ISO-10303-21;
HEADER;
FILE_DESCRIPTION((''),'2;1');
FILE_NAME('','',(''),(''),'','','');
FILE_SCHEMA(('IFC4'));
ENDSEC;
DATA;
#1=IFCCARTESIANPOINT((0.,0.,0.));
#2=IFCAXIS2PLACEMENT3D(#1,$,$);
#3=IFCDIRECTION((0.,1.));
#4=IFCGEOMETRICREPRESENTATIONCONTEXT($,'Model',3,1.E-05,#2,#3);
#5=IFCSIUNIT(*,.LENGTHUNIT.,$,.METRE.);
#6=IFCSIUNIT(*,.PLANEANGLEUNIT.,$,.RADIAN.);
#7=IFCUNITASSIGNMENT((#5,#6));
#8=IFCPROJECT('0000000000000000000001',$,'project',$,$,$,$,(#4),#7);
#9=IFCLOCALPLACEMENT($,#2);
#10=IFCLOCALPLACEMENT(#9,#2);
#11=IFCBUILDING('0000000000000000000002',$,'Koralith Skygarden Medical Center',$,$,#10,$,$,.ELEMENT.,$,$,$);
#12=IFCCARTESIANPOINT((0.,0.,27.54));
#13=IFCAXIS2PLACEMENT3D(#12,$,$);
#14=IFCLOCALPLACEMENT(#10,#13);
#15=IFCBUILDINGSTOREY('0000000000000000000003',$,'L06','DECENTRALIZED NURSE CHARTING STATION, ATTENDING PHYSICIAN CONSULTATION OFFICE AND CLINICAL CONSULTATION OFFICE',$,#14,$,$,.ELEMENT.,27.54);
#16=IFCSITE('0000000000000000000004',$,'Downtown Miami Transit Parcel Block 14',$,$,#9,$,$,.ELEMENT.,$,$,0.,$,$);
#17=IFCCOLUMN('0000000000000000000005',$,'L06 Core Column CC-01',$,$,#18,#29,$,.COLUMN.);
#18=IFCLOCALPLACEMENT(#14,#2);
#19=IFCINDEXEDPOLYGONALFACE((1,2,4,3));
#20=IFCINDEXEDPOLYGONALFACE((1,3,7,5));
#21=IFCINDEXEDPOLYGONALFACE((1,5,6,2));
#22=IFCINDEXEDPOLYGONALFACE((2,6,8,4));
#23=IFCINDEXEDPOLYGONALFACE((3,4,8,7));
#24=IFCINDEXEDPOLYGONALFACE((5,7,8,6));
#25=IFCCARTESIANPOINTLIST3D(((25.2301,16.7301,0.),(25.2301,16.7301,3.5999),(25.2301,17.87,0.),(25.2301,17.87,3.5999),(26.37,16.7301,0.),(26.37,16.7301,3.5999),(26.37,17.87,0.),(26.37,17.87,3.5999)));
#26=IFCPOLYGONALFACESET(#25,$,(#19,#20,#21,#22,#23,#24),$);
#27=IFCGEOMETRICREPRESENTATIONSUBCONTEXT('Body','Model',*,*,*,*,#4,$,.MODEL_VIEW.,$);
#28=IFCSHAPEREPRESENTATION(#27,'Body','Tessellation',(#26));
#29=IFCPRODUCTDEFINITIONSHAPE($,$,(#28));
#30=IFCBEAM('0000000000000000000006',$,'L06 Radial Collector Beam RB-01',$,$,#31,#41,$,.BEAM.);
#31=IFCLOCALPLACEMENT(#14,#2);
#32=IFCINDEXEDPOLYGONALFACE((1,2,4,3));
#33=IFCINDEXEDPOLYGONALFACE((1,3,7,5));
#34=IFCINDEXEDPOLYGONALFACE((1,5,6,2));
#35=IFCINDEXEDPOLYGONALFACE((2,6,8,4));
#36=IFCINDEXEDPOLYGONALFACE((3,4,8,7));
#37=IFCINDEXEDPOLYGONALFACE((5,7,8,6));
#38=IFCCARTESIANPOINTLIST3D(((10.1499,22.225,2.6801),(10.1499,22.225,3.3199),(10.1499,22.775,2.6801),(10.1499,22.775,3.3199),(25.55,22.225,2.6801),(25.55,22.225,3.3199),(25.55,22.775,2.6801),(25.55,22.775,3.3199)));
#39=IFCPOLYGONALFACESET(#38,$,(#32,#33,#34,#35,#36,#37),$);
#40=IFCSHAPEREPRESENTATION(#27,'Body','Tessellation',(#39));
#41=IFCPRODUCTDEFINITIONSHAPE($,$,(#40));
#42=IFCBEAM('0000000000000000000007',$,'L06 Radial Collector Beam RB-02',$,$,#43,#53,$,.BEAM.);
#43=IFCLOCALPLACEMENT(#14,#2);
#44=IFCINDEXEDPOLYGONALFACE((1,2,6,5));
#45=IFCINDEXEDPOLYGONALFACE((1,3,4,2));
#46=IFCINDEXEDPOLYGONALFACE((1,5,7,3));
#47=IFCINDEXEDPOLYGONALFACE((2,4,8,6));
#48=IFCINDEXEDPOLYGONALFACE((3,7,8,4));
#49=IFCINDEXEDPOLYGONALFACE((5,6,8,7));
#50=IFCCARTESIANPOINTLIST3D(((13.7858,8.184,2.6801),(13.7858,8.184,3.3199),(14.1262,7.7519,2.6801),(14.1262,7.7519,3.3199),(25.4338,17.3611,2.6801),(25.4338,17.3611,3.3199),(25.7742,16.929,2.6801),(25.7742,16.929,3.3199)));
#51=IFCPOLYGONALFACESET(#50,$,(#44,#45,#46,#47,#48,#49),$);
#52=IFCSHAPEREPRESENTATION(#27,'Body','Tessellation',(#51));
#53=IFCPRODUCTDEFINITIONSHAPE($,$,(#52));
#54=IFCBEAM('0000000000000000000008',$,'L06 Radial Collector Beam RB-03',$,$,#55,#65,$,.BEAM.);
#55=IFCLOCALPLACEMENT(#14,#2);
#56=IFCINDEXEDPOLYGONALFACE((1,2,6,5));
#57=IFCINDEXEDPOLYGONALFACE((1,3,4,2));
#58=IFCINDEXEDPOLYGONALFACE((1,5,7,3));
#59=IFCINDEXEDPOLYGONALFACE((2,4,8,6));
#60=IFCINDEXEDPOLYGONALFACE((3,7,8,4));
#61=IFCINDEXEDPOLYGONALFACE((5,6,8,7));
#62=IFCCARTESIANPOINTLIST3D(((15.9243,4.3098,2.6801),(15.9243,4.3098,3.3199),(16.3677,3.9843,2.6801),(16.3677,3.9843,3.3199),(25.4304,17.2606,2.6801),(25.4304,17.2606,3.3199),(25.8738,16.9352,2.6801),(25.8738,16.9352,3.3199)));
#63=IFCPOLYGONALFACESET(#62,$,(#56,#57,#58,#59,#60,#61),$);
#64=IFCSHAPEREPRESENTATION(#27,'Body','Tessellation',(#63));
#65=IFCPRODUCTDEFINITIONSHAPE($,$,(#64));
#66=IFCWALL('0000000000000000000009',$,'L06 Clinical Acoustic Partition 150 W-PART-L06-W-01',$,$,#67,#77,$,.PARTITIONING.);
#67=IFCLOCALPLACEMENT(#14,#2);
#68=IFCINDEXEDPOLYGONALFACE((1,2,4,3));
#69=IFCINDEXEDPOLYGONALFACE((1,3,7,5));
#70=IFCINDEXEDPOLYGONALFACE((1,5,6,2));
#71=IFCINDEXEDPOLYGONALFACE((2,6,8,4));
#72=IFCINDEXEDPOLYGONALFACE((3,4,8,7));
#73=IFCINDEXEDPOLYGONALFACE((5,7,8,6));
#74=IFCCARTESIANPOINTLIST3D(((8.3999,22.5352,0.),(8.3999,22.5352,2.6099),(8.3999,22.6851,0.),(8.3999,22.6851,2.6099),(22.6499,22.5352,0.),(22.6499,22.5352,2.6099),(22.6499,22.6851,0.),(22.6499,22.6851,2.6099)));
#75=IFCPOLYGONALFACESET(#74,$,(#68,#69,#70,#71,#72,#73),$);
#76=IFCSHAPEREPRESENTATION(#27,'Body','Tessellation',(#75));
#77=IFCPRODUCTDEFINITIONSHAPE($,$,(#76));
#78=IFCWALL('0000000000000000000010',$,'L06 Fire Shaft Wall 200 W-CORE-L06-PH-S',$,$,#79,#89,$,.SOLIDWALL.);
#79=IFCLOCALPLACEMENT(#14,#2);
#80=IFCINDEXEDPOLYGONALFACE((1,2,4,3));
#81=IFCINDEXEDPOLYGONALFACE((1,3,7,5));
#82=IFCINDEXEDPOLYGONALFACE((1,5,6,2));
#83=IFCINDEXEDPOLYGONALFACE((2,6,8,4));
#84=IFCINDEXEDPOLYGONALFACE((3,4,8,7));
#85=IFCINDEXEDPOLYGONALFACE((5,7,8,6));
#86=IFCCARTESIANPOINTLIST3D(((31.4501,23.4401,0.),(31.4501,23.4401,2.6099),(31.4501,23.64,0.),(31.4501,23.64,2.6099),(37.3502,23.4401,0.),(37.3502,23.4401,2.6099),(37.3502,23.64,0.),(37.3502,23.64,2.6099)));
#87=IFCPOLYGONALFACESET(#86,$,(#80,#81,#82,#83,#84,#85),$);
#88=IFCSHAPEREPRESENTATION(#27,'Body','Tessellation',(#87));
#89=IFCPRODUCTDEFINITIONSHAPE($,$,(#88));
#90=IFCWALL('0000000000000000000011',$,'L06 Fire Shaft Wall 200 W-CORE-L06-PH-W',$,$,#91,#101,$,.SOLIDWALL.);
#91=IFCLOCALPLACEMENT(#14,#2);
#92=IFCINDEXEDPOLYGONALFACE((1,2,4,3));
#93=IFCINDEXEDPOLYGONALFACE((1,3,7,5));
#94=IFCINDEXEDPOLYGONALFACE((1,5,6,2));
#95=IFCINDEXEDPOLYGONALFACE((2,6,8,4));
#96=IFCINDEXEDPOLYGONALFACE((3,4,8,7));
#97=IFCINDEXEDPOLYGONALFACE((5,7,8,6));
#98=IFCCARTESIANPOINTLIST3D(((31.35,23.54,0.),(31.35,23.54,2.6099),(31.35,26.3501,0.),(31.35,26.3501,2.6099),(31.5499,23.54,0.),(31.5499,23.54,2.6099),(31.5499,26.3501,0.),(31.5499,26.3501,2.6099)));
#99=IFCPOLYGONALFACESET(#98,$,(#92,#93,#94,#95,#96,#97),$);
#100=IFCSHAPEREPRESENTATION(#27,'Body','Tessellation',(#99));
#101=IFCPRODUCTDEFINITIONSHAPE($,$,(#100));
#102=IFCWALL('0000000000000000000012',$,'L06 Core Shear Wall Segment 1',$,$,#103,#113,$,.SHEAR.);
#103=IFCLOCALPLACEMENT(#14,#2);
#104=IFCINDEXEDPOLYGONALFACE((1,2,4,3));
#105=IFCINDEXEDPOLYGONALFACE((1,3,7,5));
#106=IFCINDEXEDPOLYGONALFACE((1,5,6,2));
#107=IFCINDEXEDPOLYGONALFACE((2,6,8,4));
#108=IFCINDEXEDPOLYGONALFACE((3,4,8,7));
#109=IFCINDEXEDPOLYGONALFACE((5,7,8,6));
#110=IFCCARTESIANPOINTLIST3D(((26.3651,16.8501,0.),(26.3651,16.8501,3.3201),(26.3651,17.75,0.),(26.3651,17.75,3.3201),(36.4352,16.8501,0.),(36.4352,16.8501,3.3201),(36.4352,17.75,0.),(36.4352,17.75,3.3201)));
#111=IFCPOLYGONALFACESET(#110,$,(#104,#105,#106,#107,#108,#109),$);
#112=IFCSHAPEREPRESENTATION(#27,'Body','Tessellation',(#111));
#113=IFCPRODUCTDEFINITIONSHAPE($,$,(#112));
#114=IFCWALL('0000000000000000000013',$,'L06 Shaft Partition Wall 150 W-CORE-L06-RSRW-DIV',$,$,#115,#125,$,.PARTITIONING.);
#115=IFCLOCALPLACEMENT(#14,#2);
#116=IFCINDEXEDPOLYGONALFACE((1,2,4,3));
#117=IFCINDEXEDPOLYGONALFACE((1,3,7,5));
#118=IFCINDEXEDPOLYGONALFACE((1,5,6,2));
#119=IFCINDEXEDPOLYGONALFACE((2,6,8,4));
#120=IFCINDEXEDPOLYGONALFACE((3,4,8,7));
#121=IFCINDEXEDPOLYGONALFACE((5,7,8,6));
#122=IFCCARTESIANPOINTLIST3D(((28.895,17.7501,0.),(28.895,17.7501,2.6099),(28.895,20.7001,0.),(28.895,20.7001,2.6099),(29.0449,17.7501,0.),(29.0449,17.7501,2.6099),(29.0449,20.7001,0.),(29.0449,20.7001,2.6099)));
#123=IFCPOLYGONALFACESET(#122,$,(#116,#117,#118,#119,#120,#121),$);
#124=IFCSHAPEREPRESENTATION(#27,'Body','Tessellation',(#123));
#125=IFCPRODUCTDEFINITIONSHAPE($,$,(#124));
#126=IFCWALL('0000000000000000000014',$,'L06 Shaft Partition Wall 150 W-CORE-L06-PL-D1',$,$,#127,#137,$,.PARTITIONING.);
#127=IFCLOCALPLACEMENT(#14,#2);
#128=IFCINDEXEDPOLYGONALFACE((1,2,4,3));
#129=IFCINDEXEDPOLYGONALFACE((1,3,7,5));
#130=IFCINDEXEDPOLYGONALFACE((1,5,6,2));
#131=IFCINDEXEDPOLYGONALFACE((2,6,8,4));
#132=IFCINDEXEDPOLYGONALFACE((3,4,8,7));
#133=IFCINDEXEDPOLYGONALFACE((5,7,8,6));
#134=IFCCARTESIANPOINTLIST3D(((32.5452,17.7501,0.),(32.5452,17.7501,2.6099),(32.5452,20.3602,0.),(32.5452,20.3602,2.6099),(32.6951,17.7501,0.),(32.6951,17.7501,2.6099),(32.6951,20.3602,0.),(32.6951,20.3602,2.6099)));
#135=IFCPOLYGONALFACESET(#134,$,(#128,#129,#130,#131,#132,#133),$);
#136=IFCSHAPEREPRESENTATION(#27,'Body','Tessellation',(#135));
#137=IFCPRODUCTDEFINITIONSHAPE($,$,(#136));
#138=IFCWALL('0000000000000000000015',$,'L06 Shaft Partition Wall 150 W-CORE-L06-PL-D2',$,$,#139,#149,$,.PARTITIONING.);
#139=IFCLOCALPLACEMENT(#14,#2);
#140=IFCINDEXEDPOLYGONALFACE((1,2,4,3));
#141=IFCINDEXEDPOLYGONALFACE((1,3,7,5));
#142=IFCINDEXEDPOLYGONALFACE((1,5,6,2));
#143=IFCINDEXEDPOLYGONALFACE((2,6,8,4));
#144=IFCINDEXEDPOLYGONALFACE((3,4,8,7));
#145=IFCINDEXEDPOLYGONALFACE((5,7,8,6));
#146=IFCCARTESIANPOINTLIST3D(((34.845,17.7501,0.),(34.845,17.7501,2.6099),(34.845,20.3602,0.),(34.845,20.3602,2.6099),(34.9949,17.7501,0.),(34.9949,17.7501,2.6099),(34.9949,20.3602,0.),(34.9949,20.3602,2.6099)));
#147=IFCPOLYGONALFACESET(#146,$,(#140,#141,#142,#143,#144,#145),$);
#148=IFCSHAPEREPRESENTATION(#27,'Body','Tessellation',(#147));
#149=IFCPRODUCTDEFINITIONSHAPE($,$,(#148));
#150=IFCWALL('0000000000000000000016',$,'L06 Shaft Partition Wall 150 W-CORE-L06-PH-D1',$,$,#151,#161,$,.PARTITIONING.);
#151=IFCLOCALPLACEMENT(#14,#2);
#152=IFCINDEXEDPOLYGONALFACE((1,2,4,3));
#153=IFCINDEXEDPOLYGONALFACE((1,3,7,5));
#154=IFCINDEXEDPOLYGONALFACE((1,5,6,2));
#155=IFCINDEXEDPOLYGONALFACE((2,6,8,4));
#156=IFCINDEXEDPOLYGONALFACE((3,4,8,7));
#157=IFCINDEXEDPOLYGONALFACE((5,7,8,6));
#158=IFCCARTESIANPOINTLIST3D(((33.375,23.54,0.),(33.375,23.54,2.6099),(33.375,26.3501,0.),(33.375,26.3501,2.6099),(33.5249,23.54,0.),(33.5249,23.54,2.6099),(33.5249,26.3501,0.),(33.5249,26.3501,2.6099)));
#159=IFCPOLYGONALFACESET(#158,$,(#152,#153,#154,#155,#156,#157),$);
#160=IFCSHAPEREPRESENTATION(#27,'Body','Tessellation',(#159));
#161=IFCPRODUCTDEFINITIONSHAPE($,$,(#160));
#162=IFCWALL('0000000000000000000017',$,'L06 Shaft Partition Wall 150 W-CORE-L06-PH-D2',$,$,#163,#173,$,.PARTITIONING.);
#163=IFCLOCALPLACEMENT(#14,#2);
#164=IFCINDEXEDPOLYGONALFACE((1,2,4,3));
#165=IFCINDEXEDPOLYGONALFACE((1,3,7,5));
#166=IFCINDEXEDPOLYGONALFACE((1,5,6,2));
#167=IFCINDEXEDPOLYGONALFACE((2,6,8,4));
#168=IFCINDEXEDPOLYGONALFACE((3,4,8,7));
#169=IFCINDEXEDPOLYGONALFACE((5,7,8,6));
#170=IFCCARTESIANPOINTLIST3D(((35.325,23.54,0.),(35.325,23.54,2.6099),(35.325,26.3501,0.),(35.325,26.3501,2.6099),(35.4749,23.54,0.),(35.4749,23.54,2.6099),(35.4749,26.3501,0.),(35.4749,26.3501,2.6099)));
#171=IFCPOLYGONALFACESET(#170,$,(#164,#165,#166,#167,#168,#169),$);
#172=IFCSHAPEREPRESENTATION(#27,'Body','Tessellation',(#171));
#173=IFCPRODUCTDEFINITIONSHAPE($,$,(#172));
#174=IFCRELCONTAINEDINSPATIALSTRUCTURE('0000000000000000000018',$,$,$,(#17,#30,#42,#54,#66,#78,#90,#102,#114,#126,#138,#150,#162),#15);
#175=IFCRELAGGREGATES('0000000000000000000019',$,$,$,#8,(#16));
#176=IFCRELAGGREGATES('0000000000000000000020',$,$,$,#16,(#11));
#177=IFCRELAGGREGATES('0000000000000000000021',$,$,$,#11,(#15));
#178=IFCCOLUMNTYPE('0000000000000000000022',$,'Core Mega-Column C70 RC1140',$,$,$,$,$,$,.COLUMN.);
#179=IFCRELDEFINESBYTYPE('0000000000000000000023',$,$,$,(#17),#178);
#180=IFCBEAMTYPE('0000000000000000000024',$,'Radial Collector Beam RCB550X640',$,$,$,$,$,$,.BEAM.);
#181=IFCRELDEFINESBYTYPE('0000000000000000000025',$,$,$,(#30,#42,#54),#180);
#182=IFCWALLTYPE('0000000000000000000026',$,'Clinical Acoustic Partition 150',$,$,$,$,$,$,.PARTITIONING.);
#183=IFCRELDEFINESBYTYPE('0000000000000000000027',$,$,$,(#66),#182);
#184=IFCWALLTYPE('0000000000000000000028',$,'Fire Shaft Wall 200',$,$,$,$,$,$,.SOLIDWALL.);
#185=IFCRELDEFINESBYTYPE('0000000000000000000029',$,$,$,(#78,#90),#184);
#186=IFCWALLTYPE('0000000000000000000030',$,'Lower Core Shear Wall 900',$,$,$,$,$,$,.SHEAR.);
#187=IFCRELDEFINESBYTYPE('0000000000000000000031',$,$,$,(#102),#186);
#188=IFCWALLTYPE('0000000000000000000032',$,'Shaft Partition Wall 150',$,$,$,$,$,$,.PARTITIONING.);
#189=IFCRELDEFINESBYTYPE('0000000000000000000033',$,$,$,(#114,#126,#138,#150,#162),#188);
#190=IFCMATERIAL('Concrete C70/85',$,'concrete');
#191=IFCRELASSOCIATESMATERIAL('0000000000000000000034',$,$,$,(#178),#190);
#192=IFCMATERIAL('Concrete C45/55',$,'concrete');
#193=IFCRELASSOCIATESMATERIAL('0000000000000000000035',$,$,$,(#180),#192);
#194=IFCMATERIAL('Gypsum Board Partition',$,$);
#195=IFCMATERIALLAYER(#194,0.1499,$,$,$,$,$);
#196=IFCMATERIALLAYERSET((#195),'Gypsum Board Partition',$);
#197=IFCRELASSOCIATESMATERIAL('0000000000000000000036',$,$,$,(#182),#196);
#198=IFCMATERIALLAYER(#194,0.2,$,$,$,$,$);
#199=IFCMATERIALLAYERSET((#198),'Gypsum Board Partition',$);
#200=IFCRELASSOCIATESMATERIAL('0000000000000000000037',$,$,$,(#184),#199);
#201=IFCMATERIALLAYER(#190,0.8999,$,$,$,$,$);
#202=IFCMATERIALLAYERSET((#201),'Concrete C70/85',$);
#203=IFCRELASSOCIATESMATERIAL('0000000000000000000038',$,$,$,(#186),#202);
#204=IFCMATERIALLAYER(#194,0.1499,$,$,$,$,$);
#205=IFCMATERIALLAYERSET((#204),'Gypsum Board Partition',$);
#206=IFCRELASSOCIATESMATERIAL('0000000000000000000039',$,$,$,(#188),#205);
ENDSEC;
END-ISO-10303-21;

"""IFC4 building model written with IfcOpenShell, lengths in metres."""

from ifc_helpers import new_model, si_unit, direction, frame, frame_2d, origin, origin_2d, place, context, subcontext, project, spatial, rectangle, extrude, material, layer, layer_set, material_profile, profile_set, type_object, element, save


model = new_model("IFC4")

# Units and contexts
model_context = context("Model", 3, precision=1e-05, world=origin(), true_north=direction((0.0, 1.0)))
body_context = subcontext(model_context, "Body", "Model", "MODEL_VIEW")
ifc_project = project(units=[si_unit("LENGTHUNIT", "METRE"), si_unit("PLANEANGLEUNIT", "RADIAN")], contexts=[model_context])

# Site, building, storey
site_placement = place(None, origin())
site = spatial("IfcSite", under=ifc_project, at=site_placement, Name="Downtown Miami Transit Parcel Block 14", CompositionType="ELEMENT", RefElevation=0.0)
building_placement = place(site_placement, origin())
building = spatial("IfcBuilding", under=site, at=building_placement, Name="Koralith Skygarden Medical Center", CompositionType="ELEMENT")
storey_placement = place(building_placement, frame((0.0, 0.0, 27.54)))
storey = spatial("IfcBuildingStorey", under=building, at=storey_placement, Name="L06", Description="DECENTRALIZED NURSE CHARTING STATION, ATTENDING PHYSICIAN CONSULTATION OFFICE AND CLINICAL CONSULTATION OFFICE", CompositionType="ELEMENT", Elevation=27.54)

# Column
ifc_material_1 = material(Name="Concrete C70/85", Category="concrete")
ifc_material_profile_1 = material_profile(ifc_material_1, rectangle(XDim=1.1399, YDim=1.1399, at=origin_2d()), Name="RC1140X1140")
ifc_profile_set_1 = profile_set([ifc_material_profile_1], Name="Concrete C70/85")
column_type = type_object("IfcColumnType", Name="Core Mega-Column C70 RC1140", PredefinedType="COLUMN", material=ifc_profile_set_1)
column_placement = place(storey_placement, frame((25.8, 17.3, 0.0), z_axis=(0.0, 0.0, 1.0), x_axis=(1.0, 0.0, 0.0)))
element("IfcColumn", 1, at=column_placement, inside=storey, type_object=column_type, Name="L06 Core Column CC-01", PredefinedType="COLUMN", context=body_context, shape_type="SweptSolid", body=[
    extrude(rectangle(XDim=1.1399, YDim=1.1399, at=origin_2d()), origin(), (0.0, 0.0, 1.0), 3.5999),
])

# Beams
ifc_material_2 = material(Name="Concrete C45/55", Category="concrete")
ifc_material_profile_2 = material_profile(ifc_material_2, rectangle(XDim=0.55, YDim=0.6399, at=origin_2d()), Name="RCB550X640")
ifc_profile_set_2 = profile_set([ifc_material_profile_2], Name="Concrete C45/55")
beam_type = type_object("IfcBeamType", Name="Radial Collector Beam RCB550X640", PredefinedType="BEAM", material=ifc_profile_set_2)
beam_1_placement = place(storey_placement, frame((25.55, 22.5, 3.0), z_axis=(-1.0, 0.0, 0.0), x_axis=(0.0, -1.0, 0.0)))
element("IfcBeam", 2, at=beam_1_placement, inside=storey, type_object=beam_type, Name="L06 Radial Collector Beam RB-01", PredefinedType="BEAM", context=body_context, shape_type="SweptSolid", body=[
    extrude(rectangle(XDim=0.55, YDim=0.6399, at=origin_2d()), origin(), (0.0, 0.0, 1.0), 15.4001),
])
beam_2_placement = place(storey_placement, frame((25.604, 17.145, 3.0), z_axis=(-0.785497, -0.618865, 0.0), x_axis=(0.618865, -0.785497, 0.0)))
element("IfcBeam", 3, at=beam_2_placement, inside=storey, type_object=beam_type, Name="L06 Radial Collector Beam RB-02", PredefinedType="BEAM", context=body_context, shape_type="SweptSolid", body=[
    extrude(rectangle(XDim=0.55, YDim=0.6399, at=origin_2d()), origin(), (0.0, 0.0, 1.0), 14.8289),
])
beam_3_placement = place(storey_placement, frame((25.6521, 17.0979, 3.0), z_axis=(-0.591718, -0.806145, 0.0), x_axis=(0.806145, -0.591718, 0.0)))
element("IfcBeam", 4, at=beam_3_placement, inside=storey, type_object=beam_type, Name="L06 Radial Collector Beam RB-03", PredefinedType="BEAM", context=body_context, shape_type="SweptSolid", body=[
    extrude(rectangle(XDim=0.55, YDim=0.6399, at=origin_2d()), origin(), (0.0, 0.0, 1.0), 16.0652),
])

# Wall
ifc_material_3 = material(Name="Gypsum Board Partition")
ifc_layer_1 = layer(ifc_material_3, 0.1499)
ifc_layer_set_1 = layer_set([ifc_layer_1], Name="Gypsum Board Partition")
wall_type_1 = type_object("IfcWallType", Name="Clinical Acoustic Partition 150", PredefinedType="PARTITIONING", material=ifc_layer_set_1)
wall_1_placement = place(storey_placement, frame((22.6499, 22.6101, 0.0), z_axis=(0.0, 0.0, 1.0), x_axis=(-1.0, 0.0, 0.0)))
element("IfcWall", 5, at=wall_1_placement, inside=storey, type_object=wall_type_1, Name="L06 Clinical Acoustic Partition 150 W-PART-L06-W-01", PredefinedType="PARTITIONING", context=body_context, shape_type="SweptSolid", body=[
    extrude(rectangle(XDim=14.25, YDim=0.1499, at=frame_2d((7.125, 0.0))), origin(), (0.0, 0.0, 1.0), 2.6099),
])

# Shared definitions
ifc_layer_2 = layer(ifc_material_3, 0.2)
ifc_layer_set_2 = layer_set([ifc_layer_2], Name="Gypsum Board Partition")
wall_type_2 = type_object("IfcWallType", Name="Fire Shaft Wall 200", PredefinedType="SOLIDWALL", material=ifc_layer_set_2)

# Walls
wall_2_placement = place(storey_placement, frame((31.45, 23.54, 0.0), z_axis=(0.0, 0.0, 1.0), x_axis=(1.0, 0.0, 0.0)))
element("IfcWall", 6, at=wall_2_placement, inside=storey, type_object=wall_type_2, Name="L06 Fire Shaft Wall 200 W-CORE-L06-PH-S", PredefinedType="SOLIDWALL", context=body_context, shape_type="SweptSolid", body=[
    extrude(rectangle(XDim=5.9001, YDim=0.2, at=frame_2d((2.9502, 0.0))), origin(), (0.0, 0.0, 1.0), 2.6099),
])
wall_3_placement = place(storey_placement, frame((31.45, 23.54, 0.0), z_axis=(0.0, 0.0, 1.0), x_axis=(0.0, 1.0, 0.0)))
element("IfcWall", 7, at=wall_3_placement, inside=storey, type_object=wall_type_2, Name="L06 Fire Shaft Wall 200 W-CORE-L06-PH-W", PredefinedType="SOLIDWALL", context=body_context, shape_type="SweptSolid", body=[
    extrude(rectangle(XDim=2.8101, YDim=0.2, at=frame_2d((1.405, 0.0))), origin(), (0.0, 0.0, 1.0), 2.6099),
])
ifc_layer_3 = layer(ifc_material_1, 0.8999)
ifc_layer_set_3 = layer_set([ifc_layer_3], Name="Concrete C70/85")
wall_type_3 = type_object("IfcWallType", Name="Lower Core Shear Wall 900", PredefinedType="SHEAR", material=ifc_layer_set_3)
wall_4_placement = place(storey_placement, frame((26.365, 17.3, 0.0), z_axis=(0.0, 0.0, 1.0), x_axis=(1.0, 0.0, 0.0)))
element("IfcWall", 8, at=wall_4_placement, inside=storey, type_object=wall_type_3, Name="L06 Core Shear Wall Segment 1", PredefinedType="SHEAR", context=body_context, shape_type="SweptSolid", body=[
    extrude(rectangle(XDim=10.0701, YDim=0.8999, at=frame_2d((5.0352, 0.0))), origin(), (0.0, 0.0, 1.0), 3.3201),
])
ifc_layer_4 = layer(ifc_material_3, 0.1499)
ifc_layer_set_4 = layer_set([ifc_layer_4], Name="Gypsum Board Partition")
wall_type_4 = type_object("IfcWallType", Name="Shaft Partition Wall 150", PredefinedType="PARTITIONING", material=ifc_layer_set_4)
wall_5_placement = place(storey_placement, frame((28.97, 17.75, 0.0), z_axis=(0.0, 0.0, 1.0), x_axis=(0.0, 1.0, 0.0)))
element("IfcWall", 9, at=wall_5_placement, inside=storey, type_object=wall_type_4, Name="L06 Shaft Partition Wall 150 W-CORE-L06-RSRW-DIV", PredefinedType="PARTITIONING", context=body_context, shape_type="SweptSolid", body=[
    extrude(rectangle(XDim=2.95, YDim=0.1499, at=frame_2d((1.4751, 0.0))), origin(), (0.0, 0.0, 1.0), 2.6099),
])
for number, where, z_axis, x_axis, name in (
    (10, (32.6201, 17.75, 0.0), (0.0, 0.0, 1.0), (0.0, 1.0, 0.0), "L06 Shaft Partition Wall 150 W-CORE-L06-PL-D1"),
    (11, (34.9199, 17.75, 0.0), (0.0, 0.0, 1.0), (0.0, 1.0, 0.0), "L06 Shaft Partition Wall 150 W-CORE-L06-PL-D2"),
):
    element("IfcWall", number, at=place(storey_placement, frame(where, z_axis=z_axis, x_axis=x_axis)), inside=storey, type_object=wall_type_4, Name=name, PredefinedType="PARTITIONING", context=body_context, shape_type="SweptSolid", body=[
        extrude(rectangle(XDim=2.6101, YDim=0.1499, at=frame_2d((1.3052, 0.0))), origin(), (0.0, 0.0, 1.0), 2.6099),
    ])
for number, where, z_axis, x_axis, name in (
    (12, (33.45, 23.54, 0.0), (0.0, 0.0, 1.0), (0.0, 1.0, 0.0), "L06 Shaft Partition Wall 150 W-CORE-L06-PH-D1"),
    (13, (35.3999, 23.54, 0.0), (0.0, 0.0, 1.0), (0.0, 1.0, 0.0), "L06 Shaft Partition Wall 150 W-CORE-L06-PH-D2"),
):
    element("IfcWall", number, at=place(storey_placement, frame(where, z_axis=z_axis, x_axis=x_axis)), inside=storey, type_object=wall_type_4, Name=name, PredefinedType="PARTITIONING", context=body_context, shape_type="SweptSolid", body=[
        extrude(rectangle(XDim=2.8101, YDim=0.1499, at=frame_2d((1.405, 0.0))), origin(), (0.0, 0.0, 1.0), 2.6099),
    ])

save(model, "model.ifc")
